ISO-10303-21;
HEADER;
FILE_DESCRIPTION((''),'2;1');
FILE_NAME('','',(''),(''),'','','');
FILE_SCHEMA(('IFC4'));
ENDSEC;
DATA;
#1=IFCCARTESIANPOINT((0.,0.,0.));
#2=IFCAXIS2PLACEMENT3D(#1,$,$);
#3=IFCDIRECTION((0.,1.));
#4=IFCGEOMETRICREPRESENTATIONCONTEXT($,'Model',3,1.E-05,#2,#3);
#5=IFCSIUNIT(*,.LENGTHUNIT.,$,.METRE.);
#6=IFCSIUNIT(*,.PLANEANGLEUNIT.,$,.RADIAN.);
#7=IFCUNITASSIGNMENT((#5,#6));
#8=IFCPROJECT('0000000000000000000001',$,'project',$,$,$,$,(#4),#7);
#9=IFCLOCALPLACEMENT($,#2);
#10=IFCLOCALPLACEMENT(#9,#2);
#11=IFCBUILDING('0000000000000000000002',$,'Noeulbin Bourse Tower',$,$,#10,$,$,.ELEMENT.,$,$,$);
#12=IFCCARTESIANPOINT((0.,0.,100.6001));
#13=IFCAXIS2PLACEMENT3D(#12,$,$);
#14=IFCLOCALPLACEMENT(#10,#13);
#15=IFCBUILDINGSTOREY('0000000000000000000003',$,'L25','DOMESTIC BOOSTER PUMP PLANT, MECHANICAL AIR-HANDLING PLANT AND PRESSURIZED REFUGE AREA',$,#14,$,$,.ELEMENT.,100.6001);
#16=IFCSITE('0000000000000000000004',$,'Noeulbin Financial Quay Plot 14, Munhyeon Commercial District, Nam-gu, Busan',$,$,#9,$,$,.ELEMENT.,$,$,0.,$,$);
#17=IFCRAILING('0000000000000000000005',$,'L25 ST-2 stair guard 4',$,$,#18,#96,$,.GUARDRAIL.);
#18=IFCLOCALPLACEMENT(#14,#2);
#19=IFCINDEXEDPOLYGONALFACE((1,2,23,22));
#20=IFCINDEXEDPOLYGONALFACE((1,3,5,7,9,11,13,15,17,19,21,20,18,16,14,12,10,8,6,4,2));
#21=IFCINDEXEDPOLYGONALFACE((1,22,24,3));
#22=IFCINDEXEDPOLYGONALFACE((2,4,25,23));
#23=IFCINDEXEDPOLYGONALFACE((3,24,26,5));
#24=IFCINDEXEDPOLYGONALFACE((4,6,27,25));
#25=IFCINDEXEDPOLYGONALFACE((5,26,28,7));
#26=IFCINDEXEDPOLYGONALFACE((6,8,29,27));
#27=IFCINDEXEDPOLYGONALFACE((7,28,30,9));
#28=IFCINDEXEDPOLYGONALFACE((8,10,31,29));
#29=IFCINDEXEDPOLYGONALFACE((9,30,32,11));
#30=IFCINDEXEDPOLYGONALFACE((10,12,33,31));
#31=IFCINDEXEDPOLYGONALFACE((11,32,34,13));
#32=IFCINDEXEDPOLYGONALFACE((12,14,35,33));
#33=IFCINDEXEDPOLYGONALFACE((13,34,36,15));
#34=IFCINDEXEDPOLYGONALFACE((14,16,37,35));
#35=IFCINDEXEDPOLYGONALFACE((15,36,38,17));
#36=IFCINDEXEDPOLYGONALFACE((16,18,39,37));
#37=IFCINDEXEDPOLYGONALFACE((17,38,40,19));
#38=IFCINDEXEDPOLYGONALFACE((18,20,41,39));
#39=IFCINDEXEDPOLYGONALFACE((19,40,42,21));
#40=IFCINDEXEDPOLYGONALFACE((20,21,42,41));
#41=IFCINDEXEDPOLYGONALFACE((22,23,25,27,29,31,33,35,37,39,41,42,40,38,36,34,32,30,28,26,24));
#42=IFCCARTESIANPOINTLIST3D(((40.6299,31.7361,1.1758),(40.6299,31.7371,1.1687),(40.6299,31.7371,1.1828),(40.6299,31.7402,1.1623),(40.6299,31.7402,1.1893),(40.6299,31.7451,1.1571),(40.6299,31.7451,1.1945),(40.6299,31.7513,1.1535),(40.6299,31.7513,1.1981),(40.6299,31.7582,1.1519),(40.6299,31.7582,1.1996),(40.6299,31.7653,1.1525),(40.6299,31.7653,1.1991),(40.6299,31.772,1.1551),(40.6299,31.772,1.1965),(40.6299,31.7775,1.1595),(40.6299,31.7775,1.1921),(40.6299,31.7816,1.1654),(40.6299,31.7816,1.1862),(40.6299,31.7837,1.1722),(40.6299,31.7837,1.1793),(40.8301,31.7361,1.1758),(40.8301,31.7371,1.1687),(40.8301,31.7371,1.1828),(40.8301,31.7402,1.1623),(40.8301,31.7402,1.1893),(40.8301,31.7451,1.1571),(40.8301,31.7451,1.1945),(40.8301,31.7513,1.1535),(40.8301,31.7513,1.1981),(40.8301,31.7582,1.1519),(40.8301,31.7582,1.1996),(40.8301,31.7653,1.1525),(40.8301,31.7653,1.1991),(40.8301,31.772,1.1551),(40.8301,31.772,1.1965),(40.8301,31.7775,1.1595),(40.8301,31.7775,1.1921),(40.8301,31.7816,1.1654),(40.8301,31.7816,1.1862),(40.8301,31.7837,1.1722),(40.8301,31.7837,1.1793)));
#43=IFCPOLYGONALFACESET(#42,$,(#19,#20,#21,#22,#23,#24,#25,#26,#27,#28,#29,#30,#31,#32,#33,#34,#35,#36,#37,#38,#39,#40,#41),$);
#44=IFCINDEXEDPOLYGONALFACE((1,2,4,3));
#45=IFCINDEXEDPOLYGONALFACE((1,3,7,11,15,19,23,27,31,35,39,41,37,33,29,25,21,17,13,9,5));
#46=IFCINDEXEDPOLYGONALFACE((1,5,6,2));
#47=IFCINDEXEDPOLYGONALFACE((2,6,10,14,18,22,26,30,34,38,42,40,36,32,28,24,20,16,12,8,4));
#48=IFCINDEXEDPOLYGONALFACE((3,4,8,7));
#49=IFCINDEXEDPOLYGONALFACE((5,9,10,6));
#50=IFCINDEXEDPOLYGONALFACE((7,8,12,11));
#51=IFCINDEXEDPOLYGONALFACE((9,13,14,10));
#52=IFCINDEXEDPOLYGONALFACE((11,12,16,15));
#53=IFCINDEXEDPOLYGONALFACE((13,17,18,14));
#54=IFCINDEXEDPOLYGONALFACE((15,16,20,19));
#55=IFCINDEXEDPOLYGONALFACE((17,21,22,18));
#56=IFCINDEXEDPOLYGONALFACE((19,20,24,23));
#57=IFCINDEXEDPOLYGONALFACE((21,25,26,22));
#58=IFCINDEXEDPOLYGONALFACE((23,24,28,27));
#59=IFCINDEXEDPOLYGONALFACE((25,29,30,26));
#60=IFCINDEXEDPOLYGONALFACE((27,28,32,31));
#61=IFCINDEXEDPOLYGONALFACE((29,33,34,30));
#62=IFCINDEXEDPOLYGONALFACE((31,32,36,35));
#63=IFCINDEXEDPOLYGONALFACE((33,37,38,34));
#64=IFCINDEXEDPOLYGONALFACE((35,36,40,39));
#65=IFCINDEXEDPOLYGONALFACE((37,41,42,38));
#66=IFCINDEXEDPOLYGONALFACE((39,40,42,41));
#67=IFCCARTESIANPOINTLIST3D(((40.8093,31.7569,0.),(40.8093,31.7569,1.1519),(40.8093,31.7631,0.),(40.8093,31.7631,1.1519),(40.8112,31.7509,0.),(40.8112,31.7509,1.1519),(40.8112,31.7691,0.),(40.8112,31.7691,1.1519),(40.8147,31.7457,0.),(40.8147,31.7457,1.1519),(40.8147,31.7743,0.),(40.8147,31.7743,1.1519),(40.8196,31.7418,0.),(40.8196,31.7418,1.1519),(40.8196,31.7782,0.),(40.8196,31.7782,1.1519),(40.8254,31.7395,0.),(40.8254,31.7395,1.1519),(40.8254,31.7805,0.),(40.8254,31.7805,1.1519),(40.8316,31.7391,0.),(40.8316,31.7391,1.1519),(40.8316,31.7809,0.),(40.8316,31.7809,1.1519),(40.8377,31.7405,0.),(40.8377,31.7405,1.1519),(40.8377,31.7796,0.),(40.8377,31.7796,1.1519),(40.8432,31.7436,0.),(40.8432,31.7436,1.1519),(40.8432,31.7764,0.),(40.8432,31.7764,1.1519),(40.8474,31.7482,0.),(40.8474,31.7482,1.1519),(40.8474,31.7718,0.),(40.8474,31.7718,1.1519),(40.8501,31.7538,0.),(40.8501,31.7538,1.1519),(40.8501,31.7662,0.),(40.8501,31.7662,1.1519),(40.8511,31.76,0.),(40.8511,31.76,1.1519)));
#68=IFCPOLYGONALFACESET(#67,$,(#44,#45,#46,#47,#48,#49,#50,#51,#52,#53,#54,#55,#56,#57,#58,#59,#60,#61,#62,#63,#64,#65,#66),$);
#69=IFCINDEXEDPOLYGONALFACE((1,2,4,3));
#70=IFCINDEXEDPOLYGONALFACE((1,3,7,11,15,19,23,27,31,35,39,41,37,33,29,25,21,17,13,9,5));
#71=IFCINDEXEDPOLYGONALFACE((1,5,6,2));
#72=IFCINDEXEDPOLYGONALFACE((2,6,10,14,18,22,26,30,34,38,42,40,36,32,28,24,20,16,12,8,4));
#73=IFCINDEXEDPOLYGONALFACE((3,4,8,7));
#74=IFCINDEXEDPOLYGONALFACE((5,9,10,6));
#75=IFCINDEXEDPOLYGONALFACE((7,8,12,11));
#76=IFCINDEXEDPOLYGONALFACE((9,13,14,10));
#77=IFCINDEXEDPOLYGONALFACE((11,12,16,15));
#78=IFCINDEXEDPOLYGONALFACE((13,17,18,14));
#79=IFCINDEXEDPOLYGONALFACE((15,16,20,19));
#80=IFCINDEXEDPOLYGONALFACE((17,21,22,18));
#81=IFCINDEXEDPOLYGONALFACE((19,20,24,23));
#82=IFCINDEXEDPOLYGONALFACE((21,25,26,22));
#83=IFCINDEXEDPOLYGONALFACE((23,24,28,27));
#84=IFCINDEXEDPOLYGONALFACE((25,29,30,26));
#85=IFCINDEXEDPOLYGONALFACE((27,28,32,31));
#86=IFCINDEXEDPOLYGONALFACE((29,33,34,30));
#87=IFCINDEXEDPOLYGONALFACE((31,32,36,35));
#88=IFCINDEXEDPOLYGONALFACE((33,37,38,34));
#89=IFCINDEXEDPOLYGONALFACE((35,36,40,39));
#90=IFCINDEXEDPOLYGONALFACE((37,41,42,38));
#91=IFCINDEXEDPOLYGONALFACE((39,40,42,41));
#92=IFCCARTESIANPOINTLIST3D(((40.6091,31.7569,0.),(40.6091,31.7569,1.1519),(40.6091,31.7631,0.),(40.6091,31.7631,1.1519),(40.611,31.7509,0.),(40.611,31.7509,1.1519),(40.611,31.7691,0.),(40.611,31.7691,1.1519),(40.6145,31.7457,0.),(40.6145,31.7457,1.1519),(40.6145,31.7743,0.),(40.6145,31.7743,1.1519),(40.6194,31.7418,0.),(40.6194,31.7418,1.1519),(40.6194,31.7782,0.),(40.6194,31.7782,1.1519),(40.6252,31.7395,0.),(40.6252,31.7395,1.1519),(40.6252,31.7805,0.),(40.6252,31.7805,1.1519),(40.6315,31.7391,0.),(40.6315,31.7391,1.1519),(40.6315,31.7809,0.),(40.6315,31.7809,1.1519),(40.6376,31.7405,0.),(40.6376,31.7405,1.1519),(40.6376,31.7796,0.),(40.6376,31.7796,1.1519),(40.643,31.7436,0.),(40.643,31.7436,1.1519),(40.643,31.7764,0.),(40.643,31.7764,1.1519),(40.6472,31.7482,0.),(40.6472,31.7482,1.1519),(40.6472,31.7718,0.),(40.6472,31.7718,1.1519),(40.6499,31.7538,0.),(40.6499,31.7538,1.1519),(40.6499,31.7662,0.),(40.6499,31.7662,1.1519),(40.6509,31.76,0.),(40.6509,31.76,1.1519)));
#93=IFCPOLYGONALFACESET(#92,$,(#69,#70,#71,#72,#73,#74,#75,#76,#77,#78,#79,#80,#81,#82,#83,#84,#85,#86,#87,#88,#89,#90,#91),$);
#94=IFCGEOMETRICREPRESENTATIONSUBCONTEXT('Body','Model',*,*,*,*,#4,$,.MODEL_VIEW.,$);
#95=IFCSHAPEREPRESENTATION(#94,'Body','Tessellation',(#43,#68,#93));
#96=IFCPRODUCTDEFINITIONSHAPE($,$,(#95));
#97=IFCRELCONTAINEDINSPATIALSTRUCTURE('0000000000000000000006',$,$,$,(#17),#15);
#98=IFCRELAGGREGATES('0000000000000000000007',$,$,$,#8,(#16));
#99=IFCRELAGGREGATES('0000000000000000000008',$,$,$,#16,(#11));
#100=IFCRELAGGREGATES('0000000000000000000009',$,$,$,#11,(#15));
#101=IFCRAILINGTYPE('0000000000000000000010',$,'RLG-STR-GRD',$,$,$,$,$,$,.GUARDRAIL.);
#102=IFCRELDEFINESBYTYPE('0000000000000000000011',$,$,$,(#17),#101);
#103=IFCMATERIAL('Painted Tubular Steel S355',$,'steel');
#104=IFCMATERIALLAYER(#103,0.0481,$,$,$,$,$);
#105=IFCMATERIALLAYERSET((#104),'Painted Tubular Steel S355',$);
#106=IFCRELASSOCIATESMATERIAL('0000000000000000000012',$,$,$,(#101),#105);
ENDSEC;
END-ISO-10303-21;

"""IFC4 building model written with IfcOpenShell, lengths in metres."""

from ifc_helpers import new_model, si_unit, direction, frame, origin, origin_2d, place, context, subcontext, project, spatial, circle, extrude, material, layer, layer_set, type_object, element, save


model = new_model("IFC4")

# Units and contexts
model_context = context("Model", 3, precision=1e-05, world=origin(), true_north=direction((0.0, 1.0)))
body_context = subcontext(model_context, "Body", "Model", "MODEL_VIEW")
ifc_project = project(units=[si_unit("LENGTHUNIT", "METRE"), si_unit("PLANEANGLEUNIT", "RADIAN")], contexts=[model_context])

# Site, building, storey
site_placement = place(None, origin())
site = spatial("IfcSite", under=ifc_project, at=site_placement, Name="Noeulbin Financial Quay Plot 14, Munhyeon Commercial District, Nam-gu, Busan", CompositionType="ELEMENT", RefElevation=0.0)
building_placement = place(site_placement, origin())
building = spatial("IfcBuilding", under=site, at=building_placement, Name="Noeulbin Bourse Tower", CompositionType="ELEMENT")
storey_placement = place(building_placement, frame((0.0, 0.0, 100.6001)))
storey = spatial("IfcBuildingStorey", under=building, at=storey_placement, Name="L25", Description="DOMESTIC BOOSTER PUMP PLANT, MECHANICAL AIR-HANDLING PLANT AND PRESSURIZED REFUGE AREA", CompositionType="ELEMENT", Elevation=100.6001)

# Railing
ifc_material_1 = material(Name="Painted Tubular Steel S355", Category="steel")
ifc_layer_1 = layer(ifc_material_1, 0.0481)
ifc_layer_set_1 = layer_set([ifc_layer_1], Name="Painted Tubular Steel S355")
railing_type_1 = type_object("IfcRailingType", Name="RLG-STR-GRD", PredefinedType="GUARDRAIL", material=ifc_layer_set_1)
railing_1_placement = place(storey_placement, frame((40.8301, 31.76, 0.0)))
element("IfcRailing", 1, at=railing_1_placement, inside=storey, type_object=railing_type_1, Name="L25 ST-2 stair guard 4", PredefinedType="GUARDRAIL", context=body_context, shape_type="SweptSolid", body=[
    extrude(circle(Radius=0.0239, at=origin_2d()), frame((0.0, 0.0, 1.1758), z_axis=(-1.0, 0.0, 0.0), x_axis=(0.0, -1.0, 0.0)), (0.0, 0.0, 1.0), 0.2002),
    extrude(circle(Radius=0.021, at=origin_2d()), origin(), (0.0, 0.0, 1.0), 1.1519),
    extrude(circle(Radius=0.021, at=origin_2d()), frame((-0.2002, 0.0, 0.0)), (0.0, 0.0, 1.0), 1.1519),
])

save(model, "model.ifc")
